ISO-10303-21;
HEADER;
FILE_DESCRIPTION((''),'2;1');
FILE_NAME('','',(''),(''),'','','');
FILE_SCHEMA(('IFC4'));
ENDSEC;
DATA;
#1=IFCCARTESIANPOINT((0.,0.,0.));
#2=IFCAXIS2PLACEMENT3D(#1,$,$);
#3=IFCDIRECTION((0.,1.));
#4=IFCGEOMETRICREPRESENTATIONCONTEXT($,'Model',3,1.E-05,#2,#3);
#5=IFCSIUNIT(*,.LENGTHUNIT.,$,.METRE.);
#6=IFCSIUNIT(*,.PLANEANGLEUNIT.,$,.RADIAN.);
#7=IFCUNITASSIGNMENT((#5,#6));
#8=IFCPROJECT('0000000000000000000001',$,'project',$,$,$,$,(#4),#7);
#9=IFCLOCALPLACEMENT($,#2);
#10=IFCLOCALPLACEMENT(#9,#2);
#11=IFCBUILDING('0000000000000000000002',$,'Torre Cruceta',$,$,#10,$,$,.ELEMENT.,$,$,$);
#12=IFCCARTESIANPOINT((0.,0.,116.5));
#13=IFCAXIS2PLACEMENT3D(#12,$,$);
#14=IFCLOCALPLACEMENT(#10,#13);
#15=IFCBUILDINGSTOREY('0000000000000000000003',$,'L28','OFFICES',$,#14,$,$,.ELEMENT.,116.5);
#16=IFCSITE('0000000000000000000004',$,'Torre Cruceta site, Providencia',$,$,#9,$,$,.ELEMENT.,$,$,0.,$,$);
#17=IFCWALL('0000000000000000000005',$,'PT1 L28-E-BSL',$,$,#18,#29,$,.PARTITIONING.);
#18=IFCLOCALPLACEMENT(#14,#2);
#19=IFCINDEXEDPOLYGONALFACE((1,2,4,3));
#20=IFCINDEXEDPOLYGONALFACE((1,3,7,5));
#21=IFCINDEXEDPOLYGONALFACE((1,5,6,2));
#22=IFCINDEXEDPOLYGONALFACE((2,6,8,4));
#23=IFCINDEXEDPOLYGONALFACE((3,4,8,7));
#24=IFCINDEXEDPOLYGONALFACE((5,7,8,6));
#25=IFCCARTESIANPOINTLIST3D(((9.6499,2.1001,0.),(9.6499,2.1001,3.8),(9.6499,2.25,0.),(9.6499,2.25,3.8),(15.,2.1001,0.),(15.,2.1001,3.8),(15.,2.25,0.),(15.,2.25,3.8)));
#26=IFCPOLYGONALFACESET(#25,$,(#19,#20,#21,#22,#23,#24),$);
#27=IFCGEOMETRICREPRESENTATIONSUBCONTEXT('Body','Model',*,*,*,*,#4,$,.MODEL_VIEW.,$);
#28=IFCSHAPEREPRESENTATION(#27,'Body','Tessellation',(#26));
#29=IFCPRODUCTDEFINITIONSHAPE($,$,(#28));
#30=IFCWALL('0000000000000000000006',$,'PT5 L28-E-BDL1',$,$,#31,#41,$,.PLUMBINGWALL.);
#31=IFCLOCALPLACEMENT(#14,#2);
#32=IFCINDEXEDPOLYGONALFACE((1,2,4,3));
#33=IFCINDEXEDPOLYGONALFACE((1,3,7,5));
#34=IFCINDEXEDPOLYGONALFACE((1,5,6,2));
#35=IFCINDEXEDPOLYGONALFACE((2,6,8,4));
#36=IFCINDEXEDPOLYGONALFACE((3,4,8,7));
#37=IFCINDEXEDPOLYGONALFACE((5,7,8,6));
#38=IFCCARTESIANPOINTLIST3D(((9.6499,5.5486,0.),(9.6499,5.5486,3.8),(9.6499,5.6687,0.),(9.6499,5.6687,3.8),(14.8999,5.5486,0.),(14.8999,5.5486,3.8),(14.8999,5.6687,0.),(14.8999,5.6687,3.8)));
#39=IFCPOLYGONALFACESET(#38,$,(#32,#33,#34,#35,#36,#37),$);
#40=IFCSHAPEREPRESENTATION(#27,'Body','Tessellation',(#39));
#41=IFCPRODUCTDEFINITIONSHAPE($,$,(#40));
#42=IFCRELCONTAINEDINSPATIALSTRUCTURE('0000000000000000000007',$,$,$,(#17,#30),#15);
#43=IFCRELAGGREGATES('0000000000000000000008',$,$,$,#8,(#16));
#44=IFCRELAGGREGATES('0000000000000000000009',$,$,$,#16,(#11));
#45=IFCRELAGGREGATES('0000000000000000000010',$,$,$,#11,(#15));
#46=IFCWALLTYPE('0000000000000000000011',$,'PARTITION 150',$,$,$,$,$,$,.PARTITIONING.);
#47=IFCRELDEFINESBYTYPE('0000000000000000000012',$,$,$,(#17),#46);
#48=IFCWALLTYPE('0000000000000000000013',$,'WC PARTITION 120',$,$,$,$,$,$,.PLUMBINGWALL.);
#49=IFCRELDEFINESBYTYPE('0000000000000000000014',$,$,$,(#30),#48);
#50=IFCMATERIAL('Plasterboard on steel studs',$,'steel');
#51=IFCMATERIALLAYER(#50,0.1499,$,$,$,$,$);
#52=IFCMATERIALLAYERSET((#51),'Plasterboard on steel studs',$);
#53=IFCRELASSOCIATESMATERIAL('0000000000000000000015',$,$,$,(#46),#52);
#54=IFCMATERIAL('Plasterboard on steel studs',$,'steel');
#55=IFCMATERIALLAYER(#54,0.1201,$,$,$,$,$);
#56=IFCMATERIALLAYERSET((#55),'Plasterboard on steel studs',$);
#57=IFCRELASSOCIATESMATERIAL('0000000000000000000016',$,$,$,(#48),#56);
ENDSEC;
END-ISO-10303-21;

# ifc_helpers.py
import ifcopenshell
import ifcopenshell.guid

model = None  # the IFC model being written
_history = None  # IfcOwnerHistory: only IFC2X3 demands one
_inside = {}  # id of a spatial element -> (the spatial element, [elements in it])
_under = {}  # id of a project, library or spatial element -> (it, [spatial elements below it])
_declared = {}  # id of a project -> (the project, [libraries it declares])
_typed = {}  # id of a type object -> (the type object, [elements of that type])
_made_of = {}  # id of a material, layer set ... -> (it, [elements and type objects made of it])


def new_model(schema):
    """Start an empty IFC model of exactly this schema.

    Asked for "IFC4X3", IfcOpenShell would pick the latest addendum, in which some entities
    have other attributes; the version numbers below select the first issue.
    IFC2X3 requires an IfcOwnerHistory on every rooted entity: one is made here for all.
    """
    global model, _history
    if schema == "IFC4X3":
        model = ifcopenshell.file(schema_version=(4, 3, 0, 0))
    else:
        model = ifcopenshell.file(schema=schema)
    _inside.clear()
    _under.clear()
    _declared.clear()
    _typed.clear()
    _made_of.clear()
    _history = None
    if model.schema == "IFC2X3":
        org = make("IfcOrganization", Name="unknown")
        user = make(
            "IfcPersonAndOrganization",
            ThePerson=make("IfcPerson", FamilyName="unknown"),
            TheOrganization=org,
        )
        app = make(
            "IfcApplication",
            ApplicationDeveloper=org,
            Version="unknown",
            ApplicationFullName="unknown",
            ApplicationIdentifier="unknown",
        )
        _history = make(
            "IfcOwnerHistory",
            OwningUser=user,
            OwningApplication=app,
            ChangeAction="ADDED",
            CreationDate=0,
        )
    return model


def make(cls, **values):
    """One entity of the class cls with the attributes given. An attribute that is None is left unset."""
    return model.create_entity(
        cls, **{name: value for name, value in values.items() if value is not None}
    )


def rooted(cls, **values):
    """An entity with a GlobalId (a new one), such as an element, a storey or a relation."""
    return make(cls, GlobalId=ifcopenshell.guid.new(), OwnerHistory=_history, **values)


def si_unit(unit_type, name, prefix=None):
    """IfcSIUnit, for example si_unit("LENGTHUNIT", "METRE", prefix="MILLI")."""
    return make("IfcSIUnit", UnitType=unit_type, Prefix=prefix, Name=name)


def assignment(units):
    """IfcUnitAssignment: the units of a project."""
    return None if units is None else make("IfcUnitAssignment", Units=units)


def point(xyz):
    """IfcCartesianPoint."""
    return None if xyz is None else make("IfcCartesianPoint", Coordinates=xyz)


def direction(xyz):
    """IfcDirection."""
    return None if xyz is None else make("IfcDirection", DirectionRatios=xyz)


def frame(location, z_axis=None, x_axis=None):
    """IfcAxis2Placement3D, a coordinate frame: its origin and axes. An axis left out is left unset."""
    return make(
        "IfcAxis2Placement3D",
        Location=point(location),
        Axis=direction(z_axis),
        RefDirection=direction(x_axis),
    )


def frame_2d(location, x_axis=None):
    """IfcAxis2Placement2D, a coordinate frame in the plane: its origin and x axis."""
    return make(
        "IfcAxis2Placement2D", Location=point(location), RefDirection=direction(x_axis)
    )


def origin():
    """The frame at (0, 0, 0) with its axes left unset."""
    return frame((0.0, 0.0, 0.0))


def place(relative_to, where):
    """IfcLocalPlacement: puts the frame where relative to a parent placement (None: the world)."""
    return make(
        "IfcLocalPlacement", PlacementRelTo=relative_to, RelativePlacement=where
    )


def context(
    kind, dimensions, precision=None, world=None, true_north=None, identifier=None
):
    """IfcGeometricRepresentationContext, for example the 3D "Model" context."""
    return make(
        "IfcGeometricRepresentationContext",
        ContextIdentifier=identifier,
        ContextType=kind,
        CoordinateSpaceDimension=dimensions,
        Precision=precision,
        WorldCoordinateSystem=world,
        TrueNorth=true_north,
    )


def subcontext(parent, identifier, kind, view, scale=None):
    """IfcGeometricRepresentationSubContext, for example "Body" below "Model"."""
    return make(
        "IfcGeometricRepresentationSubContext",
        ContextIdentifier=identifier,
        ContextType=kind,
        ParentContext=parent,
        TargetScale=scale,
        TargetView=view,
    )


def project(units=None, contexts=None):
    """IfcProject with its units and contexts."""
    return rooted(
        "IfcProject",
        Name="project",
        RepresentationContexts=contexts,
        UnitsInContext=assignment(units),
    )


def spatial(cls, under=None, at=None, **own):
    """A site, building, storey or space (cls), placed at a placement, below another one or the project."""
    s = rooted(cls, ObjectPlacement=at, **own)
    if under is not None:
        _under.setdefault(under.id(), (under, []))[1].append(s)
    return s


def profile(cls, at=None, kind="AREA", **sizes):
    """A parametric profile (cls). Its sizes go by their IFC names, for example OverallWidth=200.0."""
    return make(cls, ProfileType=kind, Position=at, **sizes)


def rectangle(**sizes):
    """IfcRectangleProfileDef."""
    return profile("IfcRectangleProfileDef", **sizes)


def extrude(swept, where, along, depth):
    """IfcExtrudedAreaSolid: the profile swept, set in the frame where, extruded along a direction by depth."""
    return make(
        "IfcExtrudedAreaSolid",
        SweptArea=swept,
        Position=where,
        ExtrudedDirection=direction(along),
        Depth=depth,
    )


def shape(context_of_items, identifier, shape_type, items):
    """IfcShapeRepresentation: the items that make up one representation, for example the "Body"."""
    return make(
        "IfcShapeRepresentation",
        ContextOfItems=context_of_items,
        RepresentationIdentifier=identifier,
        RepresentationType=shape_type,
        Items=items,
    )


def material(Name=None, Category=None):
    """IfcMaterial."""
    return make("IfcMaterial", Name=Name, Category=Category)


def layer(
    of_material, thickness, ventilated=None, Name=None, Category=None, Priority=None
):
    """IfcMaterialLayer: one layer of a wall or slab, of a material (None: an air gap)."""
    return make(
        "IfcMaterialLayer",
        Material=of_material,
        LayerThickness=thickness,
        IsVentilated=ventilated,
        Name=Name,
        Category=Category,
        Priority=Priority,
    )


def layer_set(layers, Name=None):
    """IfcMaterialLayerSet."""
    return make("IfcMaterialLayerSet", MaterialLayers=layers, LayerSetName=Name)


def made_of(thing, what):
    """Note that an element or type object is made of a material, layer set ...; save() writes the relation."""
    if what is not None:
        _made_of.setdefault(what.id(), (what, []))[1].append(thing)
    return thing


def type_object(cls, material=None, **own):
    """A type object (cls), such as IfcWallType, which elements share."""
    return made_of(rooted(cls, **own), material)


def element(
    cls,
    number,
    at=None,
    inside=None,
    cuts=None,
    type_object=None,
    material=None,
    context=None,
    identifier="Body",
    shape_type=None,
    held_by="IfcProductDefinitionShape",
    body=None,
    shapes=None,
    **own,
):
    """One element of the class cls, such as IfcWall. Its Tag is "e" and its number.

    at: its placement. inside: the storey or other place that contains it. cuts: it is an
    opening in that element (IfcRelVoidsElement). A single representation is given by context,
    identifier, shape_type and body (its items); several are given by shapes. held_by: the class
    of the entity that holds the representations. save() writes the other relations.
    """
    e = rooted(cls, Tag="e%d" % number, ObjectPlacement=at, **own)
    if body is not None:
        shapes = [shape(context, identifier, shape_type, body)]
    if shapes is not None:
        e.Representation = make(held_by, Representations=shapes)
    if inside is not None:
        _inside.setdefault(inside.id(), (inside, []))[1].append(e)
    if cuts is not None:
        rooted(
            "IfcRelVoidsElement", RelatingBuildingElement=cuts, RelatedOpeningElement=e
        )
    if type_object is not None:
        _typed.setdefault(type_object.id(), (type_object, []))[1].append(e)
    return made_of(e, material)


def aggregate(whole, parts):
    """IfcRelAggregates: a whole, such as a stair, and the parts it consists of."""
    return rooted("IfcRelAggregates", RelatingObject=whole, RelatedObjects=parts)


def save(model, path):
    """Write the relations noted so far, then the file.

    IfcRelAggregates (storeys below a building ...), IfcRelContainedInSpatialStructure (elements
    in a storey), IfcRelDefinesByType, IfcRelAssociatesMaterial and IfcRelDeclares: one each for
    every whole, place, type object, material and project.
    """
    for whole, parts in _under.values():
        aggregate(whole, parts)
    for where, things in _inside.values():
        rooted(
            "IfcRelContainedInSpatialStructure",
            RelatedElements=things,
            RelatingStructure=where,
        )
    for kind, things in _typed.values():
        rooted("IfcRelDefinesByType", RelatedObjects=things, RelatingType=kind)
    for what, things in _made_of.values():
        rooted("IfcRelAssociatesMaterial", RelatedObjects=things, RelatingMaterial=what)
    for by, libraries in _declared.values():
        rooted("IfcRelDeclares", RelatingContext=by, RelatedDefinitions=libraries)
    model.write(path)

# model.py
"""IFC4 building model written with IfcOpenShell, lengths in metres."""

from ifc_helpers import new_model, si_unit, direction, frame, frame_2d, origin, place, context, subcontext, project, spatial, rectangle, extrude, material, layer, layer_set, type_object, element, save


model = new_model("IFC4")

# Units and contexts
model_context = context("Model", 3, precision=1e-05, world=origin(), true_north=direction((0.0, 1.0)))
body_context = subcontext(model_context, "Body", "Model", "MODEL_VIEW")
ifc_project = project(units=[si_unit("LENGTHUNIT", "METRE"), si_unit("PLANEANGLEUNIT", "RADIAN")], contexts=[model_context])

# Site, building, storey
site_placement = place(None, origin())
site = spatial("IfcSite", under=ifc_project, at=site_placement, Name="Torre Cruceta site, Providencia", CompositionType="ELEMENT", RefElevation=0.0)
building_placement = place(site_placement, origin())
building = spatial("IfcBuilding", under=site, at=building_placement, Name="Torre Cruceta", CompositionType="ELEMENT")
storey_placement = place(building_placement, frame((0.0, 0.0, 116.5)))
storey = spatial("IfcBuildingStorey", under=building, at=storey_placement, Name="L28", Description="OFFICES", CompositionType="ELEMENT", Elevation=116.5)

# Shared definitions
ifc_material_1 = material(Name="Plasterboard on steel studs", Category="steel")
ifc_layer_1 = layer(ifc_material_1, 0.1499)
ifc_layer_set_1 = layer_set([ifc_layer_1], Name="Plasterboard on steel studs")
wall_type_1 = type_object("IfcWallType", Name="PARTITION 150", PredefinedType="PARTITIONING", material=ifc_layer_set_1)

# Walls
wall_1_placement = place(storey_placement, frame((9.6499, 2.175, 0.0), z_axis=(0.0, 0.0, 1.0), x_axis=(1.0, 0.0, 0.0)))
element("IfcWall", 1, at=wall_1_placement, inside=storey, type_object=wall_type_1, Name="PT1 L28-E-BSL", PredefinedType="PARTITIONING", context=body_context, shape_type="SweptSolid", body=[
    extrude(rectangle(XDim=5.3501, YDim=0.1499, at=frame_2d((2.675, 0.0))), origin(), (0.0, 0.0, 1.0), 3.8),
])
ifc_material_2 = material(Name="Plasterboard on steel studs", Category="steel")
ifc_layer_2 = layer(ifc_material_2, 0.1201)
ifc_layer_set_2 = layer_set([ifc_layer_2], Name="Plasterboard on steel studs")
wall_type_2 = type_object("IfcWallType", Name="WC PARTITION 120", PredefinedType="PLUMBINGWALL", material=ifc_layer_set_2)
wall_2_placement = place(storey_placement, frame((9.6499, 5.6086, 0.0), z_axis=(0.0, 0.0, 1.0), x_axis=(1.0, 0.0, 0.0)))
element("IfcWall", 2, at=wall_2_placement, inside=storey, type_object=wall_type_2, Name="PT5 L28-E-BDL1", PredefinedType="PLUMBINGWALL", context=body_context, shape_type="SweptSolid", body=[
    extrude(rectangle(XDim=5.25, YDim=0.1201, at=frame_2d((2.625, 0.0))), origin(), (0.0, 0.0, 1.0), 3.8),
])

save(model, "model.ifc")
